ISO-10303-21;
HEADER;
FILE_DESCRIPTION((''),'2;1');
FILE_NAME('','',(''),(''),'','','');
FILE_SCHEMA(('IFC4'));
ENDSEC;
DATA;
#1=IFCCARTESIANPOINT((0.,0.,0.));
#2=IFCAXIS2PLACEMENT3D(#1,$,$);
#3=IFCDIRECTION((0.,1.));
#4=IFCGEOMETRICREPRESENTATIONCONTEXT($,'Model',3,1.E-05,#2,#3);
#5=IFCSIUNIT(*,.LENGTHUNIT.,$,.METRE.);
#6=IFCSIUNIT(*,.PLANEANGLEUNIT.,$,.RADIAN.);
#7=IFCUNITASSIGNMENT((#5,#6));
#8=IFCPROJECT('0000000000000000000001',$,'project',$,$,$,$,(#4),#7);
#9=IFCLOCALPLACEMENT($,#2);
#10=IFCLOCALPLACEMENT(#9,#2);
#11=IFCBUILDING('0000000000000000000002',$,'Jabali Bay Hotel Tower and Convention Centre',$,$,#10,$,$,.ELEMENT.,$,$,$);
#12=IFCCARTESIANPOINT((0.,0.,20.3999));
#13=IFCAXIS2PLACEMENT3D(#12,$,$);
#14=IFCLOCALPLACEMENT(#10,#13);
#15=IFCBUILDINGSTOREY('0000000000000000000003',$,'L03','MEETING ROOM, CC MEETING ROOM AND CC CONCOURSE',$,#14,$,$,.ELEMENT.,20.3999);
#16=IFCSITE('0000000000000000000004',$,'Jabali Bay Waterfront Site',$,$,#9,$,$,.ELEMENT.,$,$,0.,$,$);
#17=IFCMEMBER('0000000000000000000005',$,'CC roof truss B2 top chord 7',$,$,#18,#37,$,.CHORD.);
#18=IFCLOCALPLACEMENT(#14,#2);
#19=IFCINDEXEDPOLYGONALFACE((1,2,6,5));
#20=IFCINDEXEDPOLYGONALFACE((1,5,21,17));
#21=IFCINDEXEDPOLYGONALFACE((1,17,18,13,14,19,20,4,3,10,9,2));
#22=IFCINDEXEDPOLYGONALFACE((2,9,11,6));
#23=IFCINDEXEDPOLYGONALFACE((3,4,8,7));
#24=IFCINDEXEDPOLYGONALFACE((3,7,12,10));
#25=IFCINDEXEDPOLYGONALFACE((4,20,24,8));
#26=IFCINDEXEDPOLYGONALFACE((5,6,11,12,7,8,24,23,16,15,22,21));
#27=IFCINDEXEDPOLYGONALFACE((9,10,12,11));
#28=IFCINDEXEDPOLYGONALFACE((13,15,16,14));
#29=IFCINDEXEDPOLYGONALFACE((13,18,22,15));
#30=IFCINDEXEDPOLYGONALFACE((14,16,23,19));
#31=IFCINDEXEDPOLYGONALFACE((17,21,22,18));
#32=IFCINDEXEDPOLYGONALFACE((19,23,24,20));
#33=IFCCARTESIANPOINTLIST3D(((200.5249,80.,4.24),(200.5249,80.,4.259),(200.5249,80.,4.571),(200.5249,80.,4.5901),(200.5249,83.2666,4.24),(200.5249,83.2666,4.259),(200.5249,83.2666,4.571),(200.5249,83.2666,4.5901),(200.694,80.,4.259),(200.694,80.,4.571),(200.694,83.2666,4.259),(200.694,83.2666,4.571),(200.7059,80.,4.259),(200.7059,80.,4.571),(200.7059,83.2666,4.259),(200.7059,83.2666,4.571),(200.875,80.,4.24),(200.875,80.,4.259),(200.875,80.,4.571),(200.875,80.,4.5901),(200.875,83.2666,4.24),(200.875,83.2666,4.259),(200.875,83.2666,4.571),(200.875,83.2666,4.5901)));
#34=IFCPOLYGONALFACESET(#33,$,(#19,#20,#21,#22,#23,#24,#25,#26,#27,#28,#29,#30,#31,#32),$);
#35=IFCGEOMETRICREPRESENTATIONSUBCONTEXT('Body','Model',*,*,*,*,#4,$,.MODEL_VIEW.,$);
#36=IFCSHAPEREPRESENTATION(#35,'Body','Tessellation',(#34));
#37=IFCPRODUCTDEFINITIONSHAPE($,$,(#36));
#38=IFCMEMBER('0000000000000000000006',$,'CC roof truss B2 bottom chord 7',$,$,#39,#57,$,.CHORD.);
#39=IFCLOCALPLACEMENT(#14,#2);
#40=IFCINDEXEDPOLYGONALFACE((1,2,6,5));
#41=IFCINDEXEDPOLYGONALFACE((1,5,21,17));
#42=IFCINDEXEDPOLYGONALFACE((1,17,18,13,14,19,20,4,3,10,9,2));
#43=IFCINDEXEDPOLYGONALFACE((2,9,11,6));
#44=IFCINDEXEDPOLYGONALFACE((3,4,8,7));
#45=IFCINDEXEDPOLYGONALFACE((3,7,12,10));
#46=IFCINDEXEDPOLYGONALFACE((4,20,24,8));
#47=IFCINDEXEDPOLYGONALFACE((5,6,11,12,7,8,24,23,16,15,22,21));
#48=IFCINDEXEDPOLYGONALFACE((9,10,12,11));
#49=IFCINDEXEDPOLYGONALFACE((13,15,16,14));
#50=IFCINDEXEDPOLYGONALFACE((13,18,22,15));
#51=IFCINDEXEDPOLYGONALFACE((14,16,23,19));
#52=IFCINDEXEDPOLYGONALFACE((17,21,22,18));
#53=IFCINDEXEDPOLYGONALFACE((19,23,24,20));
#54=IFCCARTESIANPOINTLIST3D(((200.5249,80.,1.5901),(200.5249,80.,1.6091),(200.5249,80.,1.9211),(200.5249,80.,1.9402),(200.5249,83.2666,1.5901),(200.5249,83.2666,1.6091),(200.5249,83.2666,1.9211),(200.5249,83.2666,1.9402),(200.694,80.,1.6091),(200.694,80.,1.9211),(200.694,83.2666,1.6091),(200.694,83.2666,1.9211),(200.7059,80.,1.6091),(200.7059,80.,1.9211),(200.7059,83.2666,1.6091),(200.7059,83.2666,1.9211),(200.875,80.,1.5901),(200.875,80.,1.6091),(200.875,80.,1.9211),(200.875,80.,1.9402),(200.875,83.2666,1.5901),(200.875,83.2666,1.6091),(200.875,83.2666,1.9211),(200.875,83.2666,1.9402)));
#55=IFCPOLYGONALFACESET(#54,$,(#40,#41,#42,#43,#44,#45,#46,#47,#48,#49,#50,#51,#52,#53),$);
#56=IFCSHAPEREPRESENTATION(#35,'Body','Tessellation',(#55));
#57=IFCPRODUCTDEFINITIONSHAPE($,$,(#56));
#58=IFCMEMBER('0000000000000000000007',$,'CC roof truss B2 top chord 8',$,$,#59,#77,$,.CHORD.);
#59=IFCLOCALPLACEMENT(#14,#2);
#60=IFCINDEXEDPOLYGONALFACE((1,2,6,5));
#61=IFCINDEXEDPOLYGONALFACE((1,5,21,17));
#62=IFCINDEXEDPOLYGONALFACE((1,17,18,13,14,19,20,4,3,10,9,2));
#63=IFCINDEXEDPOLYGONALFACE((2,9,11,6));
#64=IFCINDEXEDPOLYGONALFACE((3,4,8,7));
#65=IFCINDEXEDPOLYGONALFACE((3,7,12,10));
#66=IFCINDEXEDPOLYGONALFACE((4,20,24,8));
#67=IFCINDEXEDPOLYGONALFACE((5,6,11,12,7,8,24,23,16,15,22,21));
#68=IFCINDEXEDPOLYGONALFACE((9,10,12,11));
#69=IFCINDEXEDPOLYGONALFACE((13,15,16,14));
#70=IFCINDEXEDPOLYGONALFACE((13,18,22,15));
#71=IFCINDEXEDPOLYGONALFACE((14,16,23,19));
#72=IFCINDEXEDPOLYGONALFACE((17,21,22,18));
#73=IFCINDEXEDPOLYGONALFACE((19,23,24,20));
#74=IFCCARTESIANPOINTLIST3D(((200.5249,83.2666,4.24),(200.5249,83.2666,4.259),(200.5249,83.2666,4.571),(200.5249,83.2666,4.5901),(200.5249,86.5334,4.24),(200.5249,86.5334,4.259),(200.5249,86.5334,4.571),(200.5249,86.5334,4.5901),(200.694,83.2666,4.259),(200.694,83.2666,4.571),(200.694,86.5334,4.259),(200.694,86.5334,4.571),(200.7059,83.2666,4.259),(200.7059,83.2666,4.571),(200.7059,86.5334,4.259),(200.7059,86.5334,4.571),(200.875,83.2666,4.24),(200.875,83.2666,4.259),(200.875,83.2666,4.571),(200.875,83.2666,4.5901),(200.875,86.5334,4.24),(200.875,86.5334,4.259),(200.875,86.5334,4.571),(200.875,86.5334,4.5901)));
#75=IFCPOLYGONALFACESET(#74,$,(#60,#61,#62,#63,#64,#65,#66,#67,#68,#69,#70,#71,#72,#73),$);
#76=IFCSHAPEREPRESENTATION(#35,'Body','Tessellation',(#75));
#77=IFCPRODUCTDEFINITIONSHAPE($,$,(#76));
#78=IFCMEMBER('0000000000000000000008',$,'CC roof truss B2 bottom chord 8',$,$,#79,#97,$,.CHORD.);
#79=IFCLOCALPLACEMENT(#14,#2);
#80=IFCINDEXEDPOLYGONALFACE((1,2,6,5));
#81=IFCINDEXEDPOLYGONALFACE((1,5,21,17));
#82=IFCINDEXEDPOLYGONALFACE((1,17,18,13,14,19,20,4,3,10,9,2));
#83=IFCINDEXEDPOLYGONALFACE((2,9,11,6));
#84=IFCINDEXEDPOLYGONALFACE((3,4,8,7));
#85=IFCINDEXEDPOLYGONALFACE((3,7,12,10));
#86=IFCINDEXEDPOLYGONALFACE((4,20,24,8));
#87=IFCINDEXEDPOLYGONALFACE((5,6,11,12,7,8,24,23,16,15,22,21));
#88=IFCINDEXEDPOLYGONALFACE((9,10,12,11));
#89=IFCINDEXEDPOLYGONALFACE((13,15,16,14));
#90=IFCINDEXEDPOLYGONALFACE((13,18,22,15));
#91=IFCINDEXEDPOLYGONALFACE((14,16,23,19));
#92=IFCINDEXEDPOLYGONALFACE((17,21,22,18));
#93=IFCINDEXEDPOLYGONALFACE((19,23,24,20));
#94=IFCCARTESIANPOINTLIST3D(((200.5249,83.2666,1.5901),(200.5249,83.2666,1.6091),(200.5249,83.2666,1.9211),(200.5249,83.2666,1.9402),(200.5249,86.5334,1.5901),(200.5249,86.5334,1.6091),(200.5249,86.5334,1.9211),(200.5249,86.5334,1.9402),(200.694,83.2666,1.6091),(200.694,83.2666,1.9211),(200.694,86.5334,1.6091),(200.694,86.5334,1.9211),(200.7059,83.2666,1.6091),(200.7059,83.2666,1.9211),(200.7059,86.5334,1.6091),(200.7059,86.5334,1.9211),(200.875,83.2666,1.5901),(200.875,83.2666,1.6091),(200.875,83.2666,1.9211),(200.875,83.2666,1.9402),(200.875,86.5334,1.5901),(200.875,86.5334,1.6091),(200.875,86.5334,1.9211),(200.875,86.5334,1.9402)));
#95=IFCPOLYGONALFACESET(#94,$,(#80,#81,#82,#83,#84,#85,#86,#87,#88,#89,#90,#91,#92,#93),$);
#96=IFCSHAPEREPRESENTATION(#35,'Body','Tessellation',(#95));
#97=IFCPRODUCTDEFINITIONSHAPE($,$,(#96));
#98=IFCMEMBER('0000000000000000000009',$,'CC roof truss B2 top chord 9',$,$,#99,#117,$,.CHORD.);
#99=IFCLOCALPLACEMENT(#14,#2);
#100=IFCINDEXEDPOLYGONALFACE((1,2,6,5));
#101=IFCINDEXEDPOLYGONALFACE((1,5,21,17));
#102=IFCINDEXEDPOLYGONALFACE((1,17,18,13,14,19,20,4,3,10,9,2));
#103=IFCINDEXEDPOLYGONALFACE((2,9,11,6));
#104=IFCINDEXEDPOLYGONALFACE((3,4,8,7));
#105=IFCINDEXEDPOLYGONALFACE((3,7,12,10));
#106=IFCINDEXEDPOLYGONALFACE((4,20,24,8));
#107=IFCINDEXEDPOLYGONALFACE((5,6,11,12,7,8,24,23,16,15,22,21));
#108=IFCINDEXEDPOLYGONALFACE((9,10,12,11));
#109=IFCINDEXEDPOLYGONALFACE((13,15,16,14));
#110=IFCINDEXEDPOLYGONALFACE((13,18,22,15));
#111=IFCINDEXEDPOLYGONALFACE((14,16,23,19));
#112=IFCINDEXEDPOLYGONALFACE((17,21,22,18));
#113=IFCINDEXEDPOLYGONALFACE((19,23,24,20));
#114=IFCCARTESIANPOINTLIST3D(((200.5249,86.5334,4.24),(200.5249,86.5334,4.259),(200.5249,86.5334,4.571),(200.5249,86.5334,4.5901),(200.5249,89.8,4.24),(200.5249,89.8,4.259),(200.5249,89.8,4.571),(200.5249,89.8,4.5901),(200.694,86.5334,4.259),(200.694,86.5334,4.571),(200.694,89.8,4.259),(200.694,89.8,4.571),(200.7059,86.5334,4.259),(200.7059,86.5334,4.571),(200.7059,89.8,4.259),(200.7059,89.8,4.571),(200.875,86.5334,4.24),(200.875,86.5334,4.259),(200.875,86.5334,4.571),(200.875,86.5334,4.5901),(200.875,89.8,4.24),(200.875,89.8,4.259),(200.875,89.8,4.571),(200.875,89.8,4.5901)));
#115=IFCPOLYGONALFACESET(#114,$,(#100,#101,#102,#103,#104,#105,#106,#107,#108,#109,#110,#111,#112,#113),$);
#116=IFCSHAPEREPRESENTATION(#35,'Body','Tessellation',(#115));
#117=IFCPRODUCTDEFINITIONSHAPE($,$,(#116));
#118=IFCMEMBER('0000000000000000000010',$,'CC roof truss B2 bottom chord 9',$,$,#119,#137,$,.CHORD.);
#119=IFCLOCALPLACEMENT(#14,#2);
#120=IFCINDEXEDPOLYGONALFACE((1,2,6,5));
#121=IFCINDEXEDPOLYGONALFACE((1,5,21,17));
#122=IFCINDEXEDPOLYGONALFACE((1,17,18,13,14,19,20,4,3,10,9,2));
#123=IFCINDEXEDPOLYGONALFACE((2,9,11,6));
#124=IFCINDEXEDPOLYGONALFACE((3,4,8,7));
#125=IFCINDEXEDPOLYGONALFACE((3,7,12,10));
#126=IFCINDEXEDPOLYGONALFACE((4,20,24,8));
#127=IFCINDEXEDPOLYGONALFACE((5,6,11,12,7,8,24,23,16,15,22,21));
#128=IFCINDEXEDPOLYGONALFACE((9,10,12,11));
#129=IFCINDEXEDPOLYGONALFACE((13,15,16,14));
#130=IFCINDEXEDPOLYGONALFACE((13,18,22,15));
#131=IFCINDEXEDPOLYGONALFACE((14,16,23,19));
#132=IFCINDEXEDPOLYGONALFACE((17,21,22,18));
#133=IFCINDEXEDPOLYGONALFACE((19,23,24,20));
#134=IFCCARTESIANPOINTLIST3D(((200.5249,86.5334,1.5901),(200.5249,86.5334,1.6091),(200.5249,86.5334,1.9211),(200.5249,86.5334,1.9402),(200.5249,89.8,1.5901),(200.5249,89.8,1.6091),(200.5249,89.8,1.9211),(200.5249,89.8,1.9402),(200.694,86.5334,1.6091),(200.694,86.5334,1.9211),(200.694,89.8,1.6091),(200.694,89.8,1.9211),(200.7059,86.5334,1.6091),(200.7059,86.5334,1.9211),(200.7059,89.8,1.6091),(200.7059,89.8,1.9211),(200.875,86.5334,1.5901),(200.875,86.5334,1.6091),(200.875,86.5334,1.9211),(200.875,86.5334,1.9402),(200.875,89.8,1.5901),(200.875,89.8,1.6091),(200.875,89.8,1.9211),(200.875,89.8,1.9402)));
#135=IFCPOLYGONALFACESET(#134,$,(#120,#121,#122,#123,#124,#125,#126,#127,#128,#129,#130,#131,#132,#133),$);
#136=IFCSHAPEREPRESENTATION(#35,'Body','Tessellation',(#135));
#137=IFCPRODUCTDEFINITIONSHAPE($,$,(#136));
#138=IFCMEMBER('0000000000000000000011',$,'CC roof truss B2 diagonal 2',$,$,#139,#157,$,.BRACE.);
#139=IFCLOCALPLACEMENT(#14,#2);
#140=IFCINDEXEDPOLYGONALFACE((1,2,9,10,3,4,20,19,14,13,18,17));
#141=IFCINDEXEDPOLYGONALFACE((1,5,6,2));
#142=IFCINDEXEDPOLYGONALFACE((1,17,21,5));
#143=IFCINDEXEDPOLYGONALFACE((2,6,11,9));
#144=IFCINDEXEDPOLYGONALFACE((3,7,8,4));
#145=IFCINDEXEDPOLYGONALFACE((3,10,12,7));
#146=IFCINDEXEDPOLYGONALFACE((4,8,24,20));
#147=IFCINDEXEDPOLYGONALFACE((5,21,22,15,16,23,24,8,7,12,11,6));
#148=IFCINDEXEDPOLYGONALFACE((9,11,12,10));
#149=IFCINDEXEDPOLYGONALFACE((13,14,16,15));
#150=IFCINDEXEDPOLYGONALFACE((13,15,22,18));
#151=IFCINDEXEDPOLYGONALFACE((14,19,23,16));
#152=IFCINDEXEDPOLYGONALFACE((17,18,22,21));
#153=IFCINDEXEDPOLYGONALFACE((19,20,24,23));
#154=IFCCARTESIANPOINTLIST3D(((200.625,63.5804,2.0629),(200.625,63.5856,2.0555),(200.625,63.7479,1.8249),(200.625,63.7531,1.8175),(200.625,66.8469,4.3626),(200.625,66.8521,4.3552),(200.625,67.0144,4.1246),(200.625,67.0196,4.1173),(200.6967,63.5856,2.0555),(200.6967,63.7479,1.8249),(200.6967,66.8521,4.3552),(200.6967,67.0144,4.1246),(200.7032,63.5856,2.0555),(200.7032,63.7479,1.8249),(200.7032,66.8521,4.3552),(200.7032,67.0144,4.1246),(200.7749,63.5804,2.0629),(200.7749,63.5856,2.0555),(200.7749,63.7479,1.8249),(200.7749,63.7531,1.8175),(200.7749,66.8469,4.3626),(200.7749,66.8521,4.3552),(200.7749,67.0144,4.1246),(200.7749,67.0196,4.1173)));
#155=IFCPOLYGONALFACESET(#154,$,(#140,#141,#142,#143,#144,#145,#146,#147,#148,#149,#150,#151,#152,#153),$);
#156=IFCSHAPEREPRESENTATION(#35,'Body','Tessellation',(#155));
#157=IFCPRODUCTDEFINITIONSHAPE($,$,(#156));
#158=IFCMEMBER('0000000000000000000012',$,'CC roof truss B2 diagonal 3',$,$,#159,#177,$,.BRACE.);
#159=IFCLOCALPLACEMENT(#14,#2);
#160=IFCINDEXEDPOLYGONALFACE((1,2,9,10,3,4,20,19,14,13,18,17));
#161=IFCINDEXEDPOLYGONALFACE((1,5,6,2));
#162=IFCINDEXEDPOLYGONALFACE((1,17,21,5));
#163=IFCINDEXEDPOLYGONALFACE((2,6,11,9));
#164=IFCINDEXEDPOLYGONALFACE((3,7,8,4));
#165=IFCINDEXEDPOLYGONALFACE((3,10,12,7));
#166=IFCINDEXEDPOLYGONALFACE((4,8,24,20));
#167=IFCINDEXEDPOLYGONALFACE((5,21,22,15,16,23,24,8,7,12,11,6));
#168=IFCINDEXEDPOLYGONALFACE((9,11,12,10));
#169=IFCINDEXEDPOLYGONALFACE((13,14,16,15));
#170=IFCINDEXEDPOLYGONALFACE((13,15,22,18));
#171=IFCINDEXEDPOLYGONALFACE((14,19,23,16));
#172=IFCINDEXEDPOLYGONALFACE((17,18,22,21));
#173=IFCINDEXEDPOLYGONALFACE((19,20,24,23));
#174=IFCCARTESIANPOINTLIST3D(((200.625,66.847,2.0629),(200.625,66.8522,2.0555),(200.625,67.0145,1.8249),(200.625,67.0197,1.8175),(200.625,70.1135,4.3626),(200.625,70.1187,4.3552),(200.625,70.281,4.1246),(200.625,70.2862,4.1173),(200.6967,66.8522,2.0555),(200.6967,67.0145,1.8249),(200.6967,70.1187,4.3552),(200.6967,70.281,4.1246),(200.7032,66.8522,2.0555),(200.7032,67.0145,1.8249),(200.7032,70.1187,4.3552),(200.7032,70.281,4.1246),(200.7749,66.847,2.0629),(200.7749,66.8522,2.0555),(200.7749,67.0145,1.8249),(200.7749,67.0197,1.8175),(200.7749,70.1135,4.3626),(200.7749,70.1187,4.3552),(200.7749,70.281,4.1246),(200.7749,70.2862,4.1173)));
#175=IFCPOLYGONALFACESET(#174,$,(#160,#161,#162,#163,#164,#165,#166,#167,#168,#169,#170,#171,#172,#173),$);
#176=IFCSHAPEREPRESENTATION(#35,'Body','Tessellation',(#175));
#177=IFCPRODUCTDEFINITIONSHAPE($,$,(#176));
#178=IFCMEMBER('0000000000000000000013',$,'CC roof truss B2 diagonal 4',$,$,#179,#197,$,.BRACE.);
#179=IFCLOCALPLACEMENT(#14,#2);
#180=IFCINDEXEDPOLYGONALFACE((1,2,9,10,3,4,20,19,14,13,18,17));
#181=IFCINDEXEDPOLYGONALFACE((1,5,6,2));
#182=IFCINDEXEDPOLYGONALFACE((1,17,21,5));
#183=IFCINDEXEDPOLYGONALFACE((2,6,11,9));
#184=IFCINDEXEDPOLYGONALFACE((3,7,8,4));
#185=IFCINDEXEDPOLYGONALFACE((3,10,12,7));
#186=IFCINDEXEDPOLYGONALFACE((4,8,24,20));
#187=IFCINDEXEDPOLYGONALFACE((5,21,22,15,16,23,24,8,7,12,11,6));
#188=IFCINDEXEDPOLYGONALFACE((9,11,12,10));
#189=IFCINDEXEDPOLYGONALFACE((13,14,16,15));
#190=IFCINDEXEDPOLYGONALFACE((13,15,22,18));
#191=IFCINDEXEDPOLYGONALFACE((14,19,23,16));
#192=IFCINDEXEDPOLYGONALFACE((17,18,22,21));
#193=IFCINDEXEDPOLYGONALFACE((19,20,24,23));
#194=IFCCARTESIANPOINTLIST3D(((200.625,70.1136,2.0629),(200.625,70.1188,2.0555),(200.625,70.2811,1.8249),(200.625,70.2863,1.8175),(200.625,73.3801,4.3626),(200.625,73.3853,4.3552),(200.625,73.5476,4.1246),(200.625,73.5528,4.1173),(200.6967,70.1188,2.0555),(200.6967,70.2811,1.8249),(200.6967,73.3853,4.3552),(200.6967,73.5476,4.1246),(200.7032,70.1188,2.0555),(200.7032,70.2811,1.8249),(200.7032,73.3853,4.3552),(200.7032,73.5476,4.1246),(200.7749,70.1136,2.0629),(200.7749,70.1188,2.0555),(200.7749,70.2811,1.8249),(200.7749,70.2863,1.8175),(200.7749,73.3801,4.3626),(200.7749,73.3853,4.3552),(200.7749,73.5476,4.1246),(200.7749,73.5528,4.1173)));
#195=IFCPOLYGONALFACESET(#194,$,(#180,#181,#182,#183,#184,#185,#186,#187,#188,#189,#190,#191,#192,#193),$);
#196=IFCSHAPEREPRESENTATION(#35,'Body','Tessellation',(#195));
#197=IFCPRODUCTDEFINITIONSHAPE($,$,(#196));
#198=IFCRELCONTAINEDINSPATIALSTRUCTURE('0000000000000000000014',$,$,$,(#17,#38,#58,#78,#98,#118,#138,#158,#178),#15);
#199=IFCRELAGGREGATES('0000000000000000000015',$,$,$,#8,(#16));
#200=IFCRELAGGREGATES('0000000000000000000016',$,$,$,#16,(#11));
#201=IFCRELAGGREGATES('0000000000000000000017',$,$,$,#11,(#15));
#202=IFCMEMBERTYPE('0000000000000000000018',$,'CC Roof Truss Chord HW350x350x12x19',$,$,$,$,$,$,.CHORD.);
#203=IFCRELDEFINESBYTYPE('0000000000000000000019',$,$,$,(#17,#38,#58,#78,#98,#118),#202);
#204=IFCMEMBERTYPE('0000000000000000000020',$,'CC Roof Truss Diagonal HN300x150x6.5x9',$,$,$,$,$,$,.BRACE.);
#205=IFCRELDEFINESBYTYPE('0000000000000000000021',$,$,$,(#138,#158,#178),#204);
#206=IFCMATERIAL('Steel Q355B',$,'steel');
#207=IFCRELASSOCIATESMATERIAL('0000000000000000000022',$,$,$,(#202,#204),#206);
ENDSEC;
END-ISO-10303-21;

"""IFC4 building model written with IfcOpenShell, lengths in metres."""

from ifc_helpers import new_model, si_unit, direction, frame, origin, origin_2d, place, context, subcontext, project, spatial, i_section, extrude, material, material_profile, profile_set, type_object, element, save


model = new_model("IFC4")

# Units and contexts
model_context = context("Model", 3, precision=1e-05, world=origin(), true_north=direction((0.0, 1.0)))
body_context = subcontext(model_context, "Body", "Model", "MODEL_VIEW")
ifc_project = project(units=[si_unit("LENGTHUNIT", "METRE"), si_unit("PLANEANGLEUNIT", "RADIAN")], contexts=[model_context])

# Site, building, storey
site_placement = place(None, origin())
site = spatial("IfcSite", under=ifc_project, at=site_placement, Name="Jabali Bay Waterfront Site", CompositionType="ELEMENT", RefElevation=0.0)
building_placement = place(site_placement, origin())
building = spatial("IfcBuilding", under=site, at=building_placement, Name="Jabali Bay Hotel Tower and Convention Centre", CompositionType="ELEMENT")
storey_placement = place(building_placement, frame((0.0, 0.0, 20.3999)))
storey = spatial("IfcBuildingStorey", under=building, at=storey_placement, Name="L03", Description="MEETING ROOM, CC MEETING ROOM AND CC CONCOURSE", CompositionType="ELEMENT", Elevation=20.3999)

# Members
ifc_material = material(Name="Steel Q355B", Category="steel")
ifc_material_profile_1 = material_profile(ifc_material, i_section(OverallWidth=0.3501, OverallDepth=0.3501, WebThickness=0.012, FlangeThickness=0.019, at=origin_2d()), Name="HW350x350x12x19")
ifc_profile_set_1 = profile_set([ifc_material_profile_1], Name="Steel Q355B")
member_type_1 = type_object("IfcMemberType", Name="CC Roof Truss Chord HW350x350x12x19", PredefinedType="CHORD", material=ifc_profile_set_1)
for number, where, z_axis, x_axis, name in (
    (1, (200.7, 80.0, 4.415), (0.0, 1.0, 0.0), (-1.0, 0.0, 0.0), "CC roof truss B2 top chord 7"),
    (2, (200.7, 80.0, 1.7651), (0.0, 1.0, 0.0), (-1.0, 0.0, 0.0), "CC roof truss B2 bottom chord 7"),
):
    element("IfcMember", number, at=place(storey_placement, frame(where, z_axis=z_axis, x_axis=x_axis)), inside=storey, type_object=member_type_1, Name=name, PredefinedType="CHORD", context=body_context, shape_type="SweptSolid", body=[
        extrude(i_section(OverallWidth=0.3501, OverallDepth=0.3501, WebThickness=0.012, FlangeThickness=0.019, at=origin_2d()), origin(), (0.0, 0.0, 1.0), 3.2666),
    ])
for number, where, z_axis, x_axis, name in (
    (3, (200.7, 83.2666, 4.415), (0.0, 1.0, 0.0), (-1.0, 0.0, 0.0), "CC roof truss B2 top chord 8"),
    (4, (200.7, 83.2666, 1.7651), (0.0, 1.0, 0.0), (-1.0, 0.0, 0.0), "CC roof truss B2 bottom chord 8"),
):
    element("IfcMember", number, at=place(storey_placement, frame(where, z_axis=z_axis, x_axis=x_axis)), inside=storey, type_object=member_type_1, Name=name, PredefinedType="CHORD", context=body_context, shape_type="SweptSolid", body=[
        extrude(i_section(OverallWidth=0.3501, OverallDepth=0.3501, WebThickness=0.012, FlangeThickness=0.019, at=origin_2d()), origin(), (0.0, 0.0, 1.0), 3.2668),
    ])
for number, where, z_axis, x_axis, name in (
    (5, (200.7, 86.5334, 4.415), (0.0, 1.0, 0.0), (-1.0, 0.0, 0.0), "CC roof truss B2 top chord 9"),
    (6, (200.7, 86.5334, 1.7651), (0.0, 1.0, 0.0), (-1.0, 0.0, 0.0), "CC roof truss B2 bottom chord 9"),
):
    element("IfcMember", number, at=place(storey_placement, frame(where, z_axis=z_axis, x_axis=x_axis)), inside=storey, type_object=member_type_1, Name=name, PredefinedType="CHORD", context=body_context, shape_type="SweptSolid", body=[
        extrude(i_section(OverallWidth=0.3501, OverallDepth=0.3501, WebThickness=0.012, FlangeThickness=0.019, at=origin_2d()), origin(), (0.0, 0.0, 1.0), 3.2666),
    ])
ifc_material_profile_2 = material_profile(ifc_material, i_section(OverallWidth=0.1499, OverallDepth=0.3, WebThickness=0.0066, FlangeThickness=0.009, at=origin_2d()), Name="HN300x150x6.5x9")
ifc_profile_set_2 = profile_set([ifc_material_profile_2], Name="Steel Q355B")
member_type_2 = type_object("IfcMemberType", Name="CC Roof Truss Diagonal HN300x150x6.5x9", PredefinedType="BRACE", material=ifc_profile_set_2)
for number, where, z_axis, x_axis, name in (
    (7, (200.7, 63.6667, 1.9402), (0.0, 0.817679, 0.575675), (-1.0, 0.0, 0.0), "CC roof truss B2 diagonal 2"),
    (8, (200.7, 66.9333, 1.9402), (0.0, 0.817679, 0.575675), (-1.0, 0.0, 0.0), "CC roof truss B2 diagonal 3"),
    (9, (200.7, 70.2, 1.9402), (0.0, 0.817679, 0.575675), (-1.0, 0.0, 0.0), "CC roof truss B2 diagonal 4"),
):
    element("IfcMember", number, at=place(storey_placement, frame(where, z_axis=z_axis, x_axis=x_axis)), inside=storey, type_object=member_type_2, Name=name, PredefinedType="BRACE", context=body_context, shape_type="SweptSolid", body=[
        extrude(i_section(OverallWidth=0.1499, OverallDepth=0.3, WebThickness=0.0066, FlangeThickness=0.009, at=origin_2d()), origin(), (0.0, 0.0, 1.0), 3.9949),
    ])

save(model, "model.ifc")
